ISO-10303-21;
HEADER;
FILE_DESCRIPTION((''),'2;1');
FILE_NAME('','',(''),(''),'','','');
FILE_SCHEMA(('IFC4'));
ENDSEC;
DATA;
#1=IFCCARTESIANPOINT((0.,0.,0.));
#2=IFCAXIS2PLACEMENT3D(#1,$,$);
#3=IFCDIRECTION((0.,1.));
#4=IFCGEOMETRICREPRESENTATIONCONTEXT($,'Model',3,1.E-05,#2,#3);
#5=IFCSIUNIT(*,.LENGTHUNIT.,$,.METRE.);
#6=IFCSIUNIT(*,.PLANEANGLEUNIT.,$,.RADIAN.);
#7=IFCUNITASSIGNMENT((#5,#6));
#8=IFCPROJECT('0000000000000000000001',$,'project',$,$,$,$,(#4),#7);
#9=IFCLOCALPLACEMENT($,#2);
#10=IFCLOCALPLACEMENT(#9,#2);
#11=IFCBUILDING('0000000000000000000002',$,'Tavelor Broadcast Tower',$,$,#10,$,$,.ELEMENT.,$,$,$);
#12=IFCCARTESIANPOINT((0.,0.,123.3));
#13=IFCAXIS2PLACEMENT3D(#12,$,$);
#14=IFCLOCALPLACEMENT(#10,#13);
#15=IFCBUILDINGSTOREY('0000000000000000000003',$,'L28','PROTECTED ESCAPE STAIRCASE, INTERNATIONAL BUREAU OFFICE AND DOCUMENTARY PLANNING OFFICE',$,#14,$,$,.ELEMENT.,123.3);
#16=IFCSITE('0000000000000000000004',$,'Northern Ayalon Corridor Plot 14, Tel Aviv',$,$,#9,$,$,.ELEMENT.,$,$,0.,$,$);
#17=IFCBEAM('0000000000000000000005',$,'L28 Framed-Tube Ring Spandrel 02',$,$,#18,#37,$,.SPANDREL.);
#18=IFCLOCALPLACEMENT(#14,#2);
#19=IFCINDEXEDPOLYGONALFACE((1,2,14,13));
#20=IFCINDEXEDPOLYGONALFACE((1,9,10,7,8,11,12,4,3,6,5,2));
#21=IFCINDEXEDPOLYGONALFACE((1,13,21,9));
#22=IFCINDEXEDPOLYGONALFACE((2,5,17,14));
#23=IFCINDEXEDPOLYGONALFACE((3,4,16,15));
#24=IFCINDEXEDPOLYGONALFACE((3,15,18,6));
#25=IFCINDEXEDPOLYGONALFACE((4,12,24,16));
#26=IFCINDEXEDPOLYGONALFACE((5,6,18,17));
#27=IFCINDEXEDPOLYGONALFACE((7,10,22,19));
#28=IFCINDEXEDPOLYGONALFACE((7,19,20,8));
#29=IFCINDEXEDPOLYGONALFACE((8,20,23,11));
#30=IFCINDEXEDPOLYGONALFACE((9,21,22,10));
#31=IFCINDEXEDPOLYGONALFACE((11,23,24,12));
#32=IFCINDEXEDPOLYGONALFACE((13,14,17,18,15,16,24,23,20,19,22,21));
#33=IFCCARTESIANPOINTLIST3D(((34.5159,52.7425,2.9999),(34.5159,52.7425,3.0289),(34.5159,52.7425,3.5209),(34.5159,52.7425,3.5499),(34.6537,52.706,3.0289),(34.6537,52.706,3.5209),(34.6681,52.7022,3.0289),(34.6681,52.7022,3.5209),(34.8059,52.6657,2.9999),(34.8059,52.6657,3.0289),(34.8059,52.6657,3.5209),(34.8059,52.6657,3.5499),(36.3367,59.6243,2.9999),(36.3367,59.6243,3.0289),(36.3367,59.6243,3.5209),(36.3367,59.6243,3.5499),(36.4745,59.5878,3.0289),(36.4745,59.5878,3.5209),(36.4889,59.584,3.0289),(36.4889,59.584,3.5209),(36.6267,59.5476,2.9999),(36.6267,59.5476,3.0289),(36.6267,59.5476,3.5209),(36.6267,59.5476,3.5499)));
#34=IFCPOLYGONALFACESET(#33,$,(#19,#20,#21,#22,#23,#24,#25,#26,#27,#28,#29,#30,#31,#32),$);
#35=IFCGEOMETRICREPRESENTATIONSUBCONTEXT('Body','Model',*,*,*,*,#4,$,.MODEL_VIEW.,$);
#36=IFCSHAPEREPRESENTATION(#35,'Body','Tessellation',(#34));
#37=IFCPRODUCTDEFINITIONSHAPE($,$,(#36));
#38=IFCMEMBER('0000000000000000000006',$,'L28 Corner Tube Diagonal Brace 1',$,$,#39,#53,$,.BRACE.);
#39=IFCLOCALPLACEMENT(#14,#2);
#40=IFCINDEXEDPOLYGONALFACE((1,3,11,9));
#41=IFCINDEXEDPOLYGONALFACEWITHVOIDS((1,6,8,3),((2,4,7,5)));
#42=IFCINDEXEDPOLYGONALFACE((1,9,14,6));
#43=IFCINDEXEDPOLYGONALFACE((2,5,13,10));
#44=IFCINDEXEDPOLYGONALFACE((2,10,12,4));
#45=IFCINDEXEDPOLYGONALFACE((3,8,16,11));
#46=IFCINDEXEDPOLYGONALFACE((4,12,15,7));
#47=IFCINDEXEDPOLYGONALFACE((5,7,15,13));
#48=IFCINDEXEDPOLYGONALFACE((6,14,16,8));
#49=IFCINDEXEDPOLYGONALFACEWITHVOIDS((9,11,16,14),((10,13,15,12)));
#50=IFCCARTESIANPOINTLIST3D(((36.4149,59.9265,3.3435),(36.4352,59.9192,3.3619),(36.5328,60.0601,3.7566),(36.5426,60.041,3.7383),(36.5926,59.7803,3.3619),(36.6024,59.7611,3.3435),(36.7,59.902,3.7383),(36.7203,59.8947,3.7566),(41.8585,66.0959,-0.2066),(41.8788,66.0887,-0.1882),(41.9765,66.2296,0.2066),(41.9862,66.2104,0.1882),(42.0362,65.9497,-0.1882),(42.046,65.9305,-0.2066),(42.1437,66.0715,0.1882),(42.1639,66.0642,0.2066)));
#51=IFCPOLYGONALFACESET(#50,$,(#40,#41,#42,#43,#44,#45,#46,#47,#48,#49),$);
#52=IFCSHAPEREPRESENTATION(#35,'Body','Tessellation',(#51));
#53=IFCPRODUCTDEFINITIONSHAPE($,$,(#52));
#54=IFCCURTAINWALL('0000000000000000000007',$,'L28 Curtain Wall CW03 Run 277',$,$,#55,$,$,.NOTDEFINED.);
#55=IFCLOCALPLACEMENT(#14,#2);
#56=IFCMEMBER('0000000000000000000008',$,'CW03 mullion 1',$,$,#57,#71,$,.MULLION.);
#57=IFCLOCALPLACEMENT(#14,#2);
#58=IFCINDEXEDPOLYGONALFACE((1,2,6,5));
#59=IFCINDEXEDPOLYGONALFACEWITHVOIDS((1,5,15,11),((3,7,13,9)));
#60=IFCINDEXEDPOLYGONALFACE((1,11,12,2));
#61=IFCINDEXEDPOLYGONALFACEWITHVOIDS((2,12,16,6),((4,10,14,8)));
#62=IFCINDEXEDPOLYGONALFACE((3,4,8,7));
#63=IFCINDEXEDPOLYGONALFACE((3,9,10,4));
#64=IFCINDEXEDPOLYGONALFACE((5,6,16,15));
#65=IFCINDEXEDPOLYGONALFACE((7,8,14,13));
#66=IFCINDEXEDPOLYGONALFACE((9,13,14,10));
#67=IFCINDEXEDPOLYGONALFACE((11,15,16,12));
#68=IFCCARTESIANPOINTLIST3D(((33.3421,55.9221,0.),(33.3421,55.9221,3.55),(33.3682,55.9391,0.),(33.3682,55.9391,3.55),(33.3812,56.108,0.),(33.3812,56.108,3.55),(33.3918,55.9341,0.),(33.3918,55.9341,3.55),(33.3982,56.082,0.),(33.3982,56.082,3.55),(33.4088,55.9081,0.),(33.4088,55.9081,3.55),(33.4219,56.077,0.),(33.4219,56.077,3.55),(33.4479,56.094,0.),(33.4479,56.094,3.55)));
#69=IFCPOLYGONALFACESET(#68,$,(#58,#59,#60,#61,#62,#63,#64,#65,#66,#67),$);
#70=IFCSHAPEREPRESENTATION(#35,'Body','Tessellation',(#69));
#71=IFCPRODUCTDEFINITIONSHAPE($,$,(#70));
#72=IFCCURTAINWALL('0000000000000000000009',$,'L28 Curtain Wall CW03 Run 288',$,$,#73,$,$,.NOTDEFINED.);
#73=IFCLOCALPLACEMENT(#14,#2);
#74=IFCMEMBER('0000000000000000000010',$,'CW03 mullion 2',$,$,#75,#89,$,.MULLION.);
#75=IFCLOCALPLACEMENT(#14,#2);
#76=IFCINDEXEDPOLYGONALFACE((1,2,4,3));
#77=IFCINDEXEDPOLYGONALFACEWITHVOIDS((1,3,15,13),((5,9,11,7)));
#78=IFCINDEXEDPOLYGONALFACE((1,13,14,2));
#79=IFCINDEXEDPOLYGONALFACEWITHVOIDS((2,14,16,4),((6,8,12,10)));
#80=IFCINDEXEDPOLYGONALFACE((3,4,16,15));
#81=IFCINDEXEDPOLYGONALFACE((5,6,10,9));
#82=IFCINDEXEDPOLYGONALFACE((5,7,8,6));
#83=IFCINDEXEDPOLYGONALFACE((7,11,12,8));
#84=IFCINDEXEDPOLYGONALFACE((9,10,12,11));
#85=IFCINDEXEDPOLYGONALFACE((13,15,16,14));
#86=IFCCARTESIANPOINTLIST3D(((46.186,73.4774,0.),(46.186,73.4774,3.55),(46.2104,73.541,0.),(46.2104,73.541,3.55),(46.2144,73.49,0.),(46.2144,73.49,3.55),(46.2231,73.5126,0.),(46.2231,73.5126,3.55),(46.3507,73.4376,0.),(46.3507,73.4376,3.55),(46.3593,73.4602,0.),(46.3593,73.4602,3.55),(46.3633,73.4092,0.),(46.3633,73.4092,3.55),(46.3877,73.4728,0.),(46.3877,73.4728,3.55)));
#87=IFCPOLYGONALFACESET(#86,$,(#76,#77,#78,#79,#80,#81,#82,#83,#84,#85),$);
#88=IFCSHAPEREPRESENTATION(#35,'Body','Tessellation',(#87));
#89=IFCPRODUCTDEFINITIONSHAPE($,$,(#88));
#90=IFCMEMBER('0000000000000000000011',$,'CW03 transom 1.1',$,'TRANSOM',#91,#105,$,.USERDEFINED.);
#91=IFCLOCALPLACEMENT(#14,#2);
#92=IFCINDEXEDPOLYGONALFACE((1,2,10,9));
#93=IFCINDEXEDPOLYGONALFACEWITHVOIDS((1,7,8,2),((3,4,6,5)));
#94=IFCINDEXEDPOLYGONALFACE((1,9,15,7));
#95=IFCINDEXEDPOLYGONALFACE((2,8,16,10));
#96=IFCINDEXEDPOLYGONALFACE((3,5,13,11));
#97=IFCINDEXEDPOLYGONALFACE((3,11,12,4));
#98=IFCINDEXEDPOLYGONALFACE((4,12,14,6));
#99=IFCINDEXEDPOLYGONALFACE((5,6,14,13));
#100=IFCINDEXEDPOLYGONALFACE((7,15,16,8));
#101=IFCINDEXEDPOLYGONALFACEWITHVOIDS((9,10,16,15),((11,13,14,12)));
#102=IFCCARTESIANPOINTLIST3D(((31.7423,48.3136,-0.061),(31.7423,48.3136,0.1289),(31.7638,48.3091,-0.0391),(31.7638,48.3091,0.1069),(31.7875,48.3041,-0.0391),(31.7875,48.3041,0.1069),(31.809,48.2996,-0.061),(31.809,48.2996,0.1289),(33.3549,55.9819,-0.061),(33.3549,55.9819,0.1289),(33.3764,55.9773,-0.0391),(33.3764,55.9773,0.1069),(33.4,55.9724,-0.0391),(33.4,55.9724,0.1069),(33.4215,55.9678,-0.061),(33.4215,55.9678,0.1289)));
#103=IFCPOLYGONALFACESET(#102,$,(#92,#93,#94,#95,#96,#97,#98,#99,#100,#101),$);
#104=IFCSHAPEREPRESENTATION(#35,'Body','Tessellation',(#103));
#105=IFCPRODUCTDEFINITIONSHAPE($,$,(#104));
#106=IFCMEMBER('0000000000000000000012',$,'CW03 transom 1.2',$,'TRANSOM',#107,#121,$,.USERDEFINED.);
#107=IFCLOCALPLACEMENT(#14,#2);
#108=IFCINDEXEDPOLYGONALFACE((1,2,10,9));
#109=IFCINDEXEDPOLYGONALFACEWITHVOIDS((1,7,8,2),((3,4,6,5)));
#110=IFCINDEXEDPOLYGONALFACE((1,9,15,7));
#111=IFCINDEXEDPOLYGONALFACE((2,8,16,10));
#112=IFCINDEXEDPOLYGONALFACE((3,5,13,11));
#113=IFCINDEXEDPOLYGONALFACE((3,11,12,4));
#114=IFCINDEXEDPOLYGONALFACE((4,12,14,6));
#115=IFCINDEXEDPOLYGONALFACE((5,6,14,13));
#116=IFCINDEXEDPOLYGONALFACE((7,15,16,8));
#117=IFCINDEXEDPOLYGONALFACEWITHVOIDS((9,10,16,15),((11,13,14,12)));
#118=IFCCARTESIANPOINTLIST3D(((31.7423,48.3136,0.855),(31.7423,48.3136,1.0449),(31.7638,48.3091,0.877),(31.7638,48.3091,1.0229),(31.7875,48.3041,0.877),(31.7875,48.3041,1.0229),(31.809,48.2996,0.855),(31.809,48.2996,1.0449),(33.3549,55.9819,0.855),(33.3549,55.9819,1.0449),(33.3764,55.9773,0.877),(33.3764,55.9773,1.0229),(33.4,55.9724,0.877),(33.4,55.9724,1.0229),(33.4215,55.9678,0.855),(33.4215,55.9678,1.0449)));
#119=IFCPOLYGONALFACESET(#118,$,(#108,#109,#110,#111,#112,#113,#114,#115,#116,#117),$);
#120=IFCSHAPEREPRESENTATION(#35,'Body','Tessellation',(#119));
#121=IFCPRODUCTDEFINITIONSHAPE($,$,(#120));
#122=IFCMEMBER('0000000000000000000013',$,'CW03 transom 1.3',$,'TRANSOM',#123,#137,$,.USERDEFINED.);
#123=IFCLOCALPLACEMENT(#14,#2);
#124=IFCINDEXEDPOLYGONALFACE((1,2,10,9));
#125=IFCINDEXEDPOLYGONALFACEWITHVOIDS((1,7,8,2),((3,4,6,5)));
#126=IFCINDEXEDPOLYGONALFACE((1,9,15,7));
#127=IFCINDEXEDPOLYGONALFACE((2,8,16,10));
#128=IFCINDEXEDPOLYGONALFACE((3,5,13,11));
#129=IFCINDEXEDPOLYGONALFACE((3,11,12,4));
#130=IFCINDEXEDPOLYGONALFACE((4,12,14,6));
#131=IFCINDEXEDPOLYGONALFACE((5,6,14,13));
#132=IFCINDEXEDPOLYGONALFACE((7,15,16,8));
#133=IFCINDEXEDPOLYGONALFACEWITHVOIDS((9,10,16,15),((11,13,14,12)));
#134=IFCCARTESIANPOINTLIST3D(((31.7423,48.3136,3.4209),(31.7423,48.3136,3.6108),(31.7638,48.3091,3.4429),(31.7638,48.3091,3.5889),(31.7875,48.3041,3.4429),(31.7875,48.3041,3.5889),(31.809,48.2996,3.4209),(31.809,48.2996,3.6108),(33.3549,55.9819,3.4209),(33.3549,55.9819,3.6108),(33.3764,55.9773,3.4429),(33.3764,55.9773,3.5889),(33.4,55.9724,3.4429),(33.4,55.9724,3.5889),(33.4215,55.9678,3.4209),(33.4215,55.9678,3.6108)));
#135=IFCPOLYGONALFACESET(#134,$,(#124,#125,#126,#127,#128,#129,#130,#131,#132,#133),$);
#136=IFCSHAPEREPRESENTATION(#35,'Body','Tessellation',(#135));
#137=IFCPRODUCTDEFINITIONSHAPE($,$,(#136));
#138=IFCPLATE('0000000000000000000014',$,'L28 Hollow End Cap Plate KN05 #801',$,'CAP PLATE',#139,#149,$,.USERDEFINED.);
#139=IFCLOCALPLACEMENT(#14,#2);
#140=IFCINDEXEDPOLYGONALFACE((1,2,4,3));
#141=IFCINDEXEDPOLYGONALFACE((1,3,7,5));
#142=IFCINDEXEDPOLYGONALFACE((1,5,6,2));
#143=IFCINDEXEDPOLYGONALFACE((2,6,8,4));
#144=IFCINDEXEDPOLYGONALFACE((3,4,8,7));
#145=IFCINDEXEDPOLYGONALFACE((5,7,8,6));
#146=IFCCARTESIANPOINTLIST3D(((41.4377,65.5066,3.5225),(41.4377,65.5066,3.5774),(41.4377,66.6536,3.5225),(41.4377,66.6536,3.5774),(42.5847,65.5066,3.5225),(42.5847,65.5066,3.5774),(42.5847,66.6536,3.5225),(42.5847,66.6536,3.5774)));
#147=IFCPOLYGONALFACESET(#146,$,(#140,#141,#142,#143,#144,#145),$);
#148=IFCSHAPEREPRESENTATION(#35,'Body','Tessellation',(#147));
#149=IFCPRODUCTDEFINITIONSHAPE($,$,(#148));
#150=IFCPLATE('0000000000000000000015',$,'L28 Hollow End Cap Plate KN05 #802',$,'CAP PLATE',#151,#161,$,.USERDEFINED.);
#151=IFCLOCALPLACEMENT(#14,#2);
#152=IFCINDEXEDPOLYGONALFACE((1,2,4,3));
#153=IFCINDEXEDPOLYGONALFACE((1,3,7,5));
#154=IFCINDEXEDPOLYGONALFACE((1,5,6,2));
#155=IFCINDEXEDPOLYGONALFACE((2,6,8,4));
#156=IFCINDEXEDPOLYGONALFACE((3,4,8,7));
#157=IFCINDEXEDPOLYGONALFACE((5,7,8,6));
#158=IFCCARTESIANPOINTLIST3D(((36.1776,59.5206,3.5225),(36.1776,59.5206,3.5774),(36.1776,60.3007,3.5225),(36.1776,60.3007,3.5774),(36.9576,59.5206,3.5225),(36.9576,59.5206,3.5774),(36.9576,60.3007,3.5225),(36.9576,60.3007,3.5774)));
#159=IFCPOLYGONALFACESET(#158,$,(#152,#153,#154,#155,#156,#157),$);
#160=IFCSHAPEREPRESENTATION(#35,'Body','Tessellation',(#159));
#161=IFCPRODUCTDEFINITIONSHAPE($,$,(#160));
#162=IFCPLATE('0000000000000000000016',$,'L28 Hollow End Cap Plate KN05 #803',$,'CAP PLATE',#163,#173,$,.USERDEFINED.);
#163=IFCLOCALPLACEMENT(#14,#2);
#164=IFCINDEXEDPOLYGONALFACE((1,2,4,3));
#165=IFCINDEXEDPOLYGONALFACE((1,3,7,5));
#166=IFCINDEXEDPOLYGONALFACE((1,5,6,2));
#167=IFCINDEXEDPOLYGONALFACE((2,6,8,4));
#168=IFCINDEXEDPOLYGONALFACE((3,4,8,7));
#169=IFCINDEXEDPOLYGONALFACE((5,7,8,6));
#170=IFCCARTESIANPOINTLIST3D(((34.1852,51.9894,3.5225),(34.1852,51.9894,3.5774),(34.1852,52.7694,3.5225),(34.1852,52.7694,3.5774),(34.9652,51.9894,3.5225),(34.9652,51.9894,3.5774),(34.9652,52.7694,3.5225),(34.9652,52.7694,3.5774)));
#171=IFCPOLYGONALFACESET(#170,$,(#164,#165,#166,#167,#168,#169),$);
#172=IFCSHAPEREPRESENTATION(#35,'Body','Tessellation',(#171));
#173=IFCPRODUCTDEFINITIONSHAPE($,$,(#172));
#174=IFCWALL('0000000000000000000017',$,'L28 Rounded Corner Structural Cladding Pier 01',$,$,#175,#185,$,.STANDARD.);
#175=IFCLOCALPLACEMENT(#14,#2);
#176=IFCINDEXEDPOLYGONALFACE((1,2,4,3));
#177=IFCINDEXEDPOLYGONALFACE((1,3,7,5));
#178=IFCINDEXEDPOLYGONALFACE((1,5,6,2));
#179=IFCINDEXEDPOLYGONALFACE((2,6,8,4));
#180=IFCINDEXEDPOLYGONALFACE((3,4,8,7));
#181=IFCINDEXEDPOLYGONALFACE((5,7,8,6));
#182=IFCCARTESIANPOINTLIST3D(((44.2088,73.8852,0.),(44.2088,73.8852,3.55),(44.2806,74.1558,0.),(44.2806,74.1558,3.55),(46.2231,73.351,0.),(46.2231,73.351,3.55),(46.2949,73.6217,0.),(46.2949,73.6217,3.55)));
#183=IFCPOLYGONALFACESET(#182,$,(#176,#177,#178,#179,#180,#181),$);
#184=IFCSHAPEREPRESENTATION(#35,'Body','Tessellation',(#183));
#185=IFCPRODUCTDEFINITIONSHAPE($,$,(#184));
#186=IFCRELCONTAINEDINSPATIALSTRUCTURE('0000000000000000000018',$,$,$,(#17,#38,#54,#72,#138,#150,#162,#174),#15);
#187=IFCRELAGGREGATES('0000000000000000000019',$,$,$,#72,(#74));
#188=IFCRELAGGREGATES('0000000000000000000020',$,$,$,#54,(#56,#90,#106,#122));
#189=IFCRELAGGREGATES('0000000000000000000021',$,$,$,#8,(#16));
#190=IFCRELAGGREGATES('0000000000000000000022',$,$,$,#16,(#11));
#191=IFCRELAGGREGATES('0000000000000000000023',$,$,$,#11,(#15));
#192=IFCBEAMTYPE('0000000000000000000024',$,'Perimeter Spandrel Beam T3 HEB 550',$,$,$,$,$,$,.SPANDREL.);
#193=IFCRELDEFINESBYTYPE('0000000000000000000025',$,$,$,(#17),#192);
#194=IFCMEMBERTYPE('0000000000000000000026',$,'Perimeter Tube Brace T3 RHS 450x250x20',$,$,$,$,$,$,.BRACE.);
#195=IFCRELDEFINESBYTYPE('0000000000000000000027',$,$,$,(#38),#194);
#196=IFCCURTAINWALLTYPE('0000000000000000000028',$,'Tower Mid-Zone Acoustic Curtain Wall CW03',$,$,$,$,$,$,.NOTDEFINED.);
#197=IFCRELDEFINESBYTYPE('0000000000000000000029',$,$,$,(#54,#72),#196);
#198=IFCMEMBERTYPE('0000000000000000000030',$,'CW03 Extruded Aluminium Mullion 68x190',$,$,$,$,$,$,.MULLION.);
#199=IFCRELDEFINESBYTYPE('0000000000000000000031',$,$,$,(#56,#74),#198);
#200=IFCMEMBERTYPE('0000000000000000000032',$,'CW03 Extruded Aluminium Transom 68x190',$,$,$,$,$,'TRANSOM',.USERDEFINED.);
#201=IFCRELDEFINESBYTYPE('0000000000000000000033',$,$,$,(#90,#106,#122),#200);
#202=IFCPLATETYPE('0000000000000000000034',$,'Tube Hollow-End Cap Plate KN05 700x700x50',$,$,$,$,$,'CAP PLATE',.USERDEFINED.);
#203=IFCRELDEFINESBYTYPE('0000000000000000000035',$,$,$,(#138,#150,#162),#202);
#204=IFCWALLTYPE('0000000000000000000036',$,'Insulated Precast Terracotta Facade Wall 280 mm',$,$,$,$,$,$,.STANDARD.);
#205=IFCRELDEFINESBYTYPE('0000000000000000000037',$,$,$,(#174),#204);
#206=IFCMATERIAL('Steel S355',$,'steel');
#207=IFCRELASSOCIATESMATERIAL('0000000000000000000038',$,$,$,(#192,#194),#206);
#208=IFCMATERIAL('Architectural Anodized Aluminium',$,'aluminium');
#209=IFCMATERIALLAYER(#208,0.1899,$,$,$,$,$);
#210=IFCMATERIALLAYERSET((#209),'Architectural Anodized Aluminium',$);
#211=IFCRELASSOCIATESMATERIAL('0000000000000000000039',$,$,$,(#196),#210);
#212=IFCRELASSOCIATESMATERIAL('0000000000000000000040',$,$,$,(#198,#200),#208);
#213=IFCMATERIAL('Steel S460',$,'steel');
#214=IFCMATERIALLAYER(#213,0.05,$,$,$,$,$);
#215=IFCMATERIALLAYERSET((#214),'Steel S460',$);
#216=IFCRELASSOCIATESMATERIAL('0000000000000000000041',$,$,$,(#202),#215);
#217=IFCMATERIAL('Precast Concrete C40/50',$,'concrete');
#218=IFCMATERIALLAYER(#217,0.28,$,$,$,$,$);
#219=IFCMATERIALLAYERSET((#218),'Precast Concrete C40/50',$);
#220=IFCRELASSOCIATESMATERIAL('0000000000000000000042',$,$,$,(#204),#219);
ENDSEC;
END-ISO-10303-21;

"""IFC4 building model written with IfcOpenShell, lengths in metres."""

from ifc_helpers import new_model, si_unit, direction, frame, frame_2d, origin, origin_2d, place, context, subcontext, project, spatial, rectangle, hollow_rectangle, i_section, extrude, source, transform, mapped, material, layer, layer_set, material_profile, profile_set, type_object, type_shapes, element, aggregate, save


model = new_model("IFC4")

# Units and contexts
model_context = context("Model", 3, precision=1e-05, world=origin(), true_north=direction((0.0, 1.0)))
body_context = subcontext(model_context, "Body", "Model", "MODEL_VIEW")
ifc_project = project(units=[si_unit("LENGTHUNIT", "METRE"), si_unit("PLANEANGLEUNIT", "RADIAN")], contexts=[model_context])

# Site, building, storey
site_placement = place(None, origin())
site = spatial("IfcSite", under=ifc_project, at=site_placement, Name="Northern Ayalon Corridor Plot 14, Tel Aviv", CompositionType="ELEMENT", RefElevation=0.0)
building_placement = place(site_placement, origin())
building = spatial("IfcBuilding", under=site, at=building_placement, Name="Tavelor Broadcast Tower", CompositionType="ELEMENT")
storey_placement = place(building_placement, frame((0.0, 0.0, 123.3)))
storey = spatial("IfcBuildingStorey", under=building, at=storey_placement, Name="L28", Description="PROTECTED ESCAPE STAIRCASE, INTERNATIONAL BUREAU OFFICE AND DOCUMENTARY PLANNING OFFICE", CompositionType="ELEMENT", Elevation=123.3)

# Shared definitions
ifc_material_1 = material(Name="Steel S460", Category="steel")

# Beam
ifc_material_2 = material(Name="Steel S355", Category="steel")
ifc_material_profile_1 = material_profile(ifc_material_2, i_section(OverallWidth=0.3, OverallDepth=0.55, WebThickness=0.0149, FlangeThickness=0.0291, at=origin_2d()), Name="HEB 550")
ifc_profile_set_1 = profile_set([ifc_material_profile_1], Name="Steel S355")
beam_type_1 = type_object("IfcBeamType", Name="Perimeter Spandrel Beam T3 HEB 550", PredefinedType="SPANDREL", material=ifc_profile_set_1)
beam_1_placement = place(storey_placement, frame((36.4817, 59.5859, 3.2749), z_axis=(-0.255779, -0.966735, 0.0), x_axis=(0.966735, -0.255779, 0.0)))
element("IfcBeam", 1, at=beam_1_placement, inside=storey, type_object=beam_type_1, Name="L28 Framed-Tube Ring Spandrel 02", PredefinedType="SPANDREL", context=body_context, shape_type="SweptSolid", body=[
    extrude(i_section(OverallWidth=0.3, OverallDepth=0.55, WebThickness=0.0149, FlangeThickness=0.0291, at=origin_2d()), origin(), (0.0, 0.0, 1.0), 7.1187),
])

# Member
ifc_material_profile_2 = material_profile(ifc_material_2, hollow_rectangle(XDim=0.25, YDim=0.45, WallThickness=0.02, at=origin_2d()), Name="RHS 450x250x20")
ifc_profile_set_2 = profile_set([ifc_material_profile_2], Name="Steel S355")
member_type_1 = type_object("IfcMemberType", Name="Perimeter Tube Brace T3 RHS 450x250x20", PredefinedType="BRACE", material=ifc_profile_set_2)
member_1_placement = place(storey_placement, frame((42.0112, 66.0801, 0.0), z_axis=(-0.607485, -0.688484, 0.396171), x_axis=(0.749839, -0.661621, 0.0)))
element("IfcMember", 2, at=member_1_placement, inside=storey, type_object=member_type_1, Name="L28 Corner Tube Diagonal Brace 1", PredefinedType="BRACE", context=body_context, shape_type="SweptSolid", body=[
    extrude(hollow_rectangle(XDim=0.25, YDim=0.45, WallThickness=0.02, at=origin_2d()), origin(), (0.0, 0.0, 1.0), 8.9609),
])

# Curtain walls, members
ifc_material_3 = material(Name="Architectural Anodized Aluminium", Category="aluminium")
ifc_layer_1 = layer(ifc_material_3, 0.1899)
ifc_layer_set_1 = layer_set([ifc_layer_1], Name="Architectural Anodized Aluminium")
curtain_wall_type = type_object("IfcCurtainWallType", Name="Tower Mid-Zone Acoustic Curtain Wall CW03", PredefinedType="NOTDEFINED", material=ifc_layer_set_1)
curtain_wall_1_placement = place(storey_placement, origin())
curtain_wall_1 = element("IfcCurtainWall", 3, at=curtain_wall_1_placement, inside=storey, type_object=curtain_wall_type, Name="L28 Curtain Wall CW03 Run 277", PredefinedType="NOTDEFINED")
ifc_material_profile_3 = material_profile(ifc_material_3, hollow_rectangle(XDim=0.0681, YDim=0.1899, WallThickness=0.022, at=origin_2d()), Name="RHS 68x190x22")
ifc_profile_set_3 = profile_set([ifc_material_profile_3], Name="Architectural Anodized Aluminium")
member_type_2 = type_object("IfcMemberType", Name="CW03 Extruded Aluminium Mullion 68x190", PredefinedType="MULLION", material=ifc_profile_set_3)
shared_shape_1 = source(origin(), body_context, "Body", "SweptSolid", [
    extrude(hollow_rectangle(XDim=0.0681, YDim=0.1899, WallThickness=0.022, at=origin_2d()), origin(), (0.0, 0.0, 1.0), 3.55),
])
type_shapes(member_type_2, [shared_shape_1])
member_2_placement = place(storey_placement, frame((33.395, 56.0081, 0.0), z_axis=(0.0, 0.0, 1.0), x_axis=(0.978598, -0.205782, 0.0)))
member_2 = element("IfcMember", 4, at=member_2_placement, type_object=member_type_2, Name="CW03 mullion 1", PredefinedType="MULLION", context=body_context, shape_type="MappedRepresentation", body=[
    mapped(shared_shape_1, transform((0.0, 0.0, 0.0), scale=1.0)),
])
curtain_wall_2_placement = place(storey_placement, origin())
curtain_wall_2 = element("IfcCurtainWall", 5, at=curtain_wall_2_placement, inside=storey, type_object=curtain_wall_type, Name="L28 Curtain Wall CW03 Run 288", PredefinedType="NOTDEFINED")
member_3_placement = place(storey_placement, frame((46.2869, 73.4751, 0.0), z_axis=(0.0, 0.0, 1.0), x_axis=(-0.35874, -0.933437, 0.0)))
member_3 = element("IfcMember", 6, at=member_3_placement, type_object=member_type_2, Name="CW03 mullion 2", PredefinedType="MULLION", context=body_context, shape_type="MappedRepresentation", body=[
    mapped(shared_shape_1, transform((0.0, 0.0, 0.0), scale=1.0)),
])
aggregate(curtain_wall_2, [member_3])

# Members
ifc_material_profile_4 = material_profile(ifc_material_3, hollow_rectangle(XDim=0.0681, YDim=0.1899, WallThickness=0.022, at=origin_2d()), Name="RHS 68x190x22")
ifc_profile_set_4 = profile_set([ifc_material_profile_4], Name="Architectural Anodized Aluminium")
member_type_3 = type_object("IfcMemberType", Name="CW03 Extruded Aluminium Transom 68x190", ElementType="TRANSOM", PredefinedType="USERDEFINED", material=ifc_profile_set_4)
shared_shape_2 = source(origin(), body_context, "Body", "SweptSolid", [
    extrude(hollow_rectangle(XDim=0.0681, YDim=0.1899, WallThickness=0.022, at=origin_2d()), origin(), (0.0, 0.0, 1.0), 7.8359),
])
type_shapes(member_type_3, [shared_shape_2])
member_4_placement = place(storey_placement, frame((33.3882, 55.9749, 0.0339), z_axis=(-0.205789, -0.978596, 0.0), x_axis=(0.978596, -0.205789, 0.0)))
member_4 = element("IfcMember", 7, at=member_4_placement, type_object=member_type_3, Name="CW03 transom 1.1", ObjectType="TRANSOM", PredefinedType="USERDEFINED", context=body_context, shape_type="MappedRepresentation", body=[
    mapped(shared_shape_2, transform((0.0, 0.0, 0.0), scale=1.0)),
])
member_5_placement = place(storey_placement, frame((33.3882, 55.9749, 0.95), z_axis=(-0.205789, -0.978596, 0.0), x_axis=(0.978596, -0.205789, 0.0)))
member_5 = element("IfcMember", 8, at=member_5_placement, type_object=member_type_3, Name="CW03 transom 1.2", ObjectType="TRANSOM", PredefinedType="USERDEFINED", context=body_context, shape_type="MappedRepresentation", body=[
    mapped(shared_shape_2, transform((0.0, 0.0, 0.0), scale=1.0)),
])
member_6_placement = place(storey_placement, frame((33.3882, 55.9749, 3.5159), z_axis=(-0.205789, -0.978596, 0.0), x_axis=(0.978596, -0.205789, 0.0)))
member_6 = element("IfcMember", 9, at=member_6_placement, type_object=member_type_3, Name="CW03 transom 1.3", ObjectType="TRANSOM", PredefinedType="USERDEFINED", context=body_context, shape_type="MappedRepresentation", body=[
    mapped(shared_shape_2, transform((0.0, 0.0, 0.0), scale=1.0)),
])
aggregate(curtain_wall_1, [member_2, member_4, member_5, member_6])

# Plates
ifc_layer_2 = layer(ifc_material_1, 0.05)
ifc_layer_set_2 = layer_set([ifc_layer_2], Name="Steel S460")
plate_type = type_object("IfcPlateType", Name="Tube Hollow-End Cap Plate KN05 700x700x50", ElementType="CAP PLATE", PredefinedType="USERDEFINED", material=ifc_layer_set_2)
shared_shape_3 = source(origin(), body_context, "Body", "SweptSolid", [
    extrude(rectangle(XDim=1.147, YDim=1.147, at=origin_2d()), origin(), (0.0, 0.0, 1.0), 0.0549),
])
plate_placement = place(storey_placement, frame((42.0112, 66.0801, 3.5225), z_axis=(0.0, 0.0, 1.0), x_axis=(1.0, 0.0, 0.0)))
element("IfcPlate", 10, at=plate_placement, inside=storey, type_object=plate_type, Name="L28 Hollow End Cap Plate KN05 #801", ObjectType="CAP PLATE", PredefinedType="USERDEFINED", context=body_context, shape_type="MappedRepresentation", body=[
    mapped(shared_shape_3, transform((0.0, 0.0, 0.0), scale=1.0)),
])
shared_shape_4 = source(origin(), body_context, "Body", "SweptSolid", [
    extrude(rectangle(XDim=0.78, YDim=0.78, at=origin_2d()), origin(), (0.0, 0.0, 1.0), 0.0549),
])
type_shapes(plate_type, [shared_shape_3, shared_shape_4])
for number, where, z_axis, x_axis, name in (
    (11, (36.5676, 59.9106, 3.5225), (0.0, 0.0, 1.0), (1.0, 0.0, 0.0), "L28 Hollow End Cap Plate KN05 #802"),
    (12, (34.5752, 52.3794, 3.5225), (0.0, 0.0, 1.0), (1.0, 0.0, 0.0), "L28 Hollow End Cap Plate KN05 #803"),
):
    element("IfcPlate", number, at=place(storey_placement, frame(where, z_axis=z_axis, x_axis=x_axis)), inside=storey, type_object=plate_type, Name=name, ObjectType="CAP PLATE", PredefinedType="USERDEFINED", context=body_context, shape_type="MappedRepresentation", body=[
        mapped(shared_shape_4, transform((0.0, 0.0, 0.0), scale=1.0)),
    ])

# Wall
ifc_material_4 = material(Name="Precast Concrete C40/50", Category="concrete")
ifc_layer_3 = layer(ifc_material_4, 0.28)
ifc_layer_set_3 = layer_set([ifc_layer_3], Name="Precast Concrete C40/50")
wall_type_1 = type_object("IfcWallType", Name="Insulated Precast Terracotta Facade Wall 280 mm", PredefinedType="STANDARD", material=ifc_layer_set_3)
wall_1_placement = place(storey_placement, frame((46.259, 73.4863, 0.0), z_axis=(0.0, 0.0, 1.0), x_axis=(-0.966592, 0.256321, 0.0)))
element("IfcWall", 13, at=wall_1_placement, inside=storey, type_object=wall_type_1, Name="L28 Rounded Corner Structural Cladding Pier 01", PredefinedType="STANDARD", context=body_context, shape_type="SweptSolid", body=[
    extrude(rectangle(XDim=2.084, YDim=0.28, at=frame_2d((1.042, 0.0))), origin(), (0.0, 0.0, 1.0), 3.55),
])

save(model, "model.ifc")
